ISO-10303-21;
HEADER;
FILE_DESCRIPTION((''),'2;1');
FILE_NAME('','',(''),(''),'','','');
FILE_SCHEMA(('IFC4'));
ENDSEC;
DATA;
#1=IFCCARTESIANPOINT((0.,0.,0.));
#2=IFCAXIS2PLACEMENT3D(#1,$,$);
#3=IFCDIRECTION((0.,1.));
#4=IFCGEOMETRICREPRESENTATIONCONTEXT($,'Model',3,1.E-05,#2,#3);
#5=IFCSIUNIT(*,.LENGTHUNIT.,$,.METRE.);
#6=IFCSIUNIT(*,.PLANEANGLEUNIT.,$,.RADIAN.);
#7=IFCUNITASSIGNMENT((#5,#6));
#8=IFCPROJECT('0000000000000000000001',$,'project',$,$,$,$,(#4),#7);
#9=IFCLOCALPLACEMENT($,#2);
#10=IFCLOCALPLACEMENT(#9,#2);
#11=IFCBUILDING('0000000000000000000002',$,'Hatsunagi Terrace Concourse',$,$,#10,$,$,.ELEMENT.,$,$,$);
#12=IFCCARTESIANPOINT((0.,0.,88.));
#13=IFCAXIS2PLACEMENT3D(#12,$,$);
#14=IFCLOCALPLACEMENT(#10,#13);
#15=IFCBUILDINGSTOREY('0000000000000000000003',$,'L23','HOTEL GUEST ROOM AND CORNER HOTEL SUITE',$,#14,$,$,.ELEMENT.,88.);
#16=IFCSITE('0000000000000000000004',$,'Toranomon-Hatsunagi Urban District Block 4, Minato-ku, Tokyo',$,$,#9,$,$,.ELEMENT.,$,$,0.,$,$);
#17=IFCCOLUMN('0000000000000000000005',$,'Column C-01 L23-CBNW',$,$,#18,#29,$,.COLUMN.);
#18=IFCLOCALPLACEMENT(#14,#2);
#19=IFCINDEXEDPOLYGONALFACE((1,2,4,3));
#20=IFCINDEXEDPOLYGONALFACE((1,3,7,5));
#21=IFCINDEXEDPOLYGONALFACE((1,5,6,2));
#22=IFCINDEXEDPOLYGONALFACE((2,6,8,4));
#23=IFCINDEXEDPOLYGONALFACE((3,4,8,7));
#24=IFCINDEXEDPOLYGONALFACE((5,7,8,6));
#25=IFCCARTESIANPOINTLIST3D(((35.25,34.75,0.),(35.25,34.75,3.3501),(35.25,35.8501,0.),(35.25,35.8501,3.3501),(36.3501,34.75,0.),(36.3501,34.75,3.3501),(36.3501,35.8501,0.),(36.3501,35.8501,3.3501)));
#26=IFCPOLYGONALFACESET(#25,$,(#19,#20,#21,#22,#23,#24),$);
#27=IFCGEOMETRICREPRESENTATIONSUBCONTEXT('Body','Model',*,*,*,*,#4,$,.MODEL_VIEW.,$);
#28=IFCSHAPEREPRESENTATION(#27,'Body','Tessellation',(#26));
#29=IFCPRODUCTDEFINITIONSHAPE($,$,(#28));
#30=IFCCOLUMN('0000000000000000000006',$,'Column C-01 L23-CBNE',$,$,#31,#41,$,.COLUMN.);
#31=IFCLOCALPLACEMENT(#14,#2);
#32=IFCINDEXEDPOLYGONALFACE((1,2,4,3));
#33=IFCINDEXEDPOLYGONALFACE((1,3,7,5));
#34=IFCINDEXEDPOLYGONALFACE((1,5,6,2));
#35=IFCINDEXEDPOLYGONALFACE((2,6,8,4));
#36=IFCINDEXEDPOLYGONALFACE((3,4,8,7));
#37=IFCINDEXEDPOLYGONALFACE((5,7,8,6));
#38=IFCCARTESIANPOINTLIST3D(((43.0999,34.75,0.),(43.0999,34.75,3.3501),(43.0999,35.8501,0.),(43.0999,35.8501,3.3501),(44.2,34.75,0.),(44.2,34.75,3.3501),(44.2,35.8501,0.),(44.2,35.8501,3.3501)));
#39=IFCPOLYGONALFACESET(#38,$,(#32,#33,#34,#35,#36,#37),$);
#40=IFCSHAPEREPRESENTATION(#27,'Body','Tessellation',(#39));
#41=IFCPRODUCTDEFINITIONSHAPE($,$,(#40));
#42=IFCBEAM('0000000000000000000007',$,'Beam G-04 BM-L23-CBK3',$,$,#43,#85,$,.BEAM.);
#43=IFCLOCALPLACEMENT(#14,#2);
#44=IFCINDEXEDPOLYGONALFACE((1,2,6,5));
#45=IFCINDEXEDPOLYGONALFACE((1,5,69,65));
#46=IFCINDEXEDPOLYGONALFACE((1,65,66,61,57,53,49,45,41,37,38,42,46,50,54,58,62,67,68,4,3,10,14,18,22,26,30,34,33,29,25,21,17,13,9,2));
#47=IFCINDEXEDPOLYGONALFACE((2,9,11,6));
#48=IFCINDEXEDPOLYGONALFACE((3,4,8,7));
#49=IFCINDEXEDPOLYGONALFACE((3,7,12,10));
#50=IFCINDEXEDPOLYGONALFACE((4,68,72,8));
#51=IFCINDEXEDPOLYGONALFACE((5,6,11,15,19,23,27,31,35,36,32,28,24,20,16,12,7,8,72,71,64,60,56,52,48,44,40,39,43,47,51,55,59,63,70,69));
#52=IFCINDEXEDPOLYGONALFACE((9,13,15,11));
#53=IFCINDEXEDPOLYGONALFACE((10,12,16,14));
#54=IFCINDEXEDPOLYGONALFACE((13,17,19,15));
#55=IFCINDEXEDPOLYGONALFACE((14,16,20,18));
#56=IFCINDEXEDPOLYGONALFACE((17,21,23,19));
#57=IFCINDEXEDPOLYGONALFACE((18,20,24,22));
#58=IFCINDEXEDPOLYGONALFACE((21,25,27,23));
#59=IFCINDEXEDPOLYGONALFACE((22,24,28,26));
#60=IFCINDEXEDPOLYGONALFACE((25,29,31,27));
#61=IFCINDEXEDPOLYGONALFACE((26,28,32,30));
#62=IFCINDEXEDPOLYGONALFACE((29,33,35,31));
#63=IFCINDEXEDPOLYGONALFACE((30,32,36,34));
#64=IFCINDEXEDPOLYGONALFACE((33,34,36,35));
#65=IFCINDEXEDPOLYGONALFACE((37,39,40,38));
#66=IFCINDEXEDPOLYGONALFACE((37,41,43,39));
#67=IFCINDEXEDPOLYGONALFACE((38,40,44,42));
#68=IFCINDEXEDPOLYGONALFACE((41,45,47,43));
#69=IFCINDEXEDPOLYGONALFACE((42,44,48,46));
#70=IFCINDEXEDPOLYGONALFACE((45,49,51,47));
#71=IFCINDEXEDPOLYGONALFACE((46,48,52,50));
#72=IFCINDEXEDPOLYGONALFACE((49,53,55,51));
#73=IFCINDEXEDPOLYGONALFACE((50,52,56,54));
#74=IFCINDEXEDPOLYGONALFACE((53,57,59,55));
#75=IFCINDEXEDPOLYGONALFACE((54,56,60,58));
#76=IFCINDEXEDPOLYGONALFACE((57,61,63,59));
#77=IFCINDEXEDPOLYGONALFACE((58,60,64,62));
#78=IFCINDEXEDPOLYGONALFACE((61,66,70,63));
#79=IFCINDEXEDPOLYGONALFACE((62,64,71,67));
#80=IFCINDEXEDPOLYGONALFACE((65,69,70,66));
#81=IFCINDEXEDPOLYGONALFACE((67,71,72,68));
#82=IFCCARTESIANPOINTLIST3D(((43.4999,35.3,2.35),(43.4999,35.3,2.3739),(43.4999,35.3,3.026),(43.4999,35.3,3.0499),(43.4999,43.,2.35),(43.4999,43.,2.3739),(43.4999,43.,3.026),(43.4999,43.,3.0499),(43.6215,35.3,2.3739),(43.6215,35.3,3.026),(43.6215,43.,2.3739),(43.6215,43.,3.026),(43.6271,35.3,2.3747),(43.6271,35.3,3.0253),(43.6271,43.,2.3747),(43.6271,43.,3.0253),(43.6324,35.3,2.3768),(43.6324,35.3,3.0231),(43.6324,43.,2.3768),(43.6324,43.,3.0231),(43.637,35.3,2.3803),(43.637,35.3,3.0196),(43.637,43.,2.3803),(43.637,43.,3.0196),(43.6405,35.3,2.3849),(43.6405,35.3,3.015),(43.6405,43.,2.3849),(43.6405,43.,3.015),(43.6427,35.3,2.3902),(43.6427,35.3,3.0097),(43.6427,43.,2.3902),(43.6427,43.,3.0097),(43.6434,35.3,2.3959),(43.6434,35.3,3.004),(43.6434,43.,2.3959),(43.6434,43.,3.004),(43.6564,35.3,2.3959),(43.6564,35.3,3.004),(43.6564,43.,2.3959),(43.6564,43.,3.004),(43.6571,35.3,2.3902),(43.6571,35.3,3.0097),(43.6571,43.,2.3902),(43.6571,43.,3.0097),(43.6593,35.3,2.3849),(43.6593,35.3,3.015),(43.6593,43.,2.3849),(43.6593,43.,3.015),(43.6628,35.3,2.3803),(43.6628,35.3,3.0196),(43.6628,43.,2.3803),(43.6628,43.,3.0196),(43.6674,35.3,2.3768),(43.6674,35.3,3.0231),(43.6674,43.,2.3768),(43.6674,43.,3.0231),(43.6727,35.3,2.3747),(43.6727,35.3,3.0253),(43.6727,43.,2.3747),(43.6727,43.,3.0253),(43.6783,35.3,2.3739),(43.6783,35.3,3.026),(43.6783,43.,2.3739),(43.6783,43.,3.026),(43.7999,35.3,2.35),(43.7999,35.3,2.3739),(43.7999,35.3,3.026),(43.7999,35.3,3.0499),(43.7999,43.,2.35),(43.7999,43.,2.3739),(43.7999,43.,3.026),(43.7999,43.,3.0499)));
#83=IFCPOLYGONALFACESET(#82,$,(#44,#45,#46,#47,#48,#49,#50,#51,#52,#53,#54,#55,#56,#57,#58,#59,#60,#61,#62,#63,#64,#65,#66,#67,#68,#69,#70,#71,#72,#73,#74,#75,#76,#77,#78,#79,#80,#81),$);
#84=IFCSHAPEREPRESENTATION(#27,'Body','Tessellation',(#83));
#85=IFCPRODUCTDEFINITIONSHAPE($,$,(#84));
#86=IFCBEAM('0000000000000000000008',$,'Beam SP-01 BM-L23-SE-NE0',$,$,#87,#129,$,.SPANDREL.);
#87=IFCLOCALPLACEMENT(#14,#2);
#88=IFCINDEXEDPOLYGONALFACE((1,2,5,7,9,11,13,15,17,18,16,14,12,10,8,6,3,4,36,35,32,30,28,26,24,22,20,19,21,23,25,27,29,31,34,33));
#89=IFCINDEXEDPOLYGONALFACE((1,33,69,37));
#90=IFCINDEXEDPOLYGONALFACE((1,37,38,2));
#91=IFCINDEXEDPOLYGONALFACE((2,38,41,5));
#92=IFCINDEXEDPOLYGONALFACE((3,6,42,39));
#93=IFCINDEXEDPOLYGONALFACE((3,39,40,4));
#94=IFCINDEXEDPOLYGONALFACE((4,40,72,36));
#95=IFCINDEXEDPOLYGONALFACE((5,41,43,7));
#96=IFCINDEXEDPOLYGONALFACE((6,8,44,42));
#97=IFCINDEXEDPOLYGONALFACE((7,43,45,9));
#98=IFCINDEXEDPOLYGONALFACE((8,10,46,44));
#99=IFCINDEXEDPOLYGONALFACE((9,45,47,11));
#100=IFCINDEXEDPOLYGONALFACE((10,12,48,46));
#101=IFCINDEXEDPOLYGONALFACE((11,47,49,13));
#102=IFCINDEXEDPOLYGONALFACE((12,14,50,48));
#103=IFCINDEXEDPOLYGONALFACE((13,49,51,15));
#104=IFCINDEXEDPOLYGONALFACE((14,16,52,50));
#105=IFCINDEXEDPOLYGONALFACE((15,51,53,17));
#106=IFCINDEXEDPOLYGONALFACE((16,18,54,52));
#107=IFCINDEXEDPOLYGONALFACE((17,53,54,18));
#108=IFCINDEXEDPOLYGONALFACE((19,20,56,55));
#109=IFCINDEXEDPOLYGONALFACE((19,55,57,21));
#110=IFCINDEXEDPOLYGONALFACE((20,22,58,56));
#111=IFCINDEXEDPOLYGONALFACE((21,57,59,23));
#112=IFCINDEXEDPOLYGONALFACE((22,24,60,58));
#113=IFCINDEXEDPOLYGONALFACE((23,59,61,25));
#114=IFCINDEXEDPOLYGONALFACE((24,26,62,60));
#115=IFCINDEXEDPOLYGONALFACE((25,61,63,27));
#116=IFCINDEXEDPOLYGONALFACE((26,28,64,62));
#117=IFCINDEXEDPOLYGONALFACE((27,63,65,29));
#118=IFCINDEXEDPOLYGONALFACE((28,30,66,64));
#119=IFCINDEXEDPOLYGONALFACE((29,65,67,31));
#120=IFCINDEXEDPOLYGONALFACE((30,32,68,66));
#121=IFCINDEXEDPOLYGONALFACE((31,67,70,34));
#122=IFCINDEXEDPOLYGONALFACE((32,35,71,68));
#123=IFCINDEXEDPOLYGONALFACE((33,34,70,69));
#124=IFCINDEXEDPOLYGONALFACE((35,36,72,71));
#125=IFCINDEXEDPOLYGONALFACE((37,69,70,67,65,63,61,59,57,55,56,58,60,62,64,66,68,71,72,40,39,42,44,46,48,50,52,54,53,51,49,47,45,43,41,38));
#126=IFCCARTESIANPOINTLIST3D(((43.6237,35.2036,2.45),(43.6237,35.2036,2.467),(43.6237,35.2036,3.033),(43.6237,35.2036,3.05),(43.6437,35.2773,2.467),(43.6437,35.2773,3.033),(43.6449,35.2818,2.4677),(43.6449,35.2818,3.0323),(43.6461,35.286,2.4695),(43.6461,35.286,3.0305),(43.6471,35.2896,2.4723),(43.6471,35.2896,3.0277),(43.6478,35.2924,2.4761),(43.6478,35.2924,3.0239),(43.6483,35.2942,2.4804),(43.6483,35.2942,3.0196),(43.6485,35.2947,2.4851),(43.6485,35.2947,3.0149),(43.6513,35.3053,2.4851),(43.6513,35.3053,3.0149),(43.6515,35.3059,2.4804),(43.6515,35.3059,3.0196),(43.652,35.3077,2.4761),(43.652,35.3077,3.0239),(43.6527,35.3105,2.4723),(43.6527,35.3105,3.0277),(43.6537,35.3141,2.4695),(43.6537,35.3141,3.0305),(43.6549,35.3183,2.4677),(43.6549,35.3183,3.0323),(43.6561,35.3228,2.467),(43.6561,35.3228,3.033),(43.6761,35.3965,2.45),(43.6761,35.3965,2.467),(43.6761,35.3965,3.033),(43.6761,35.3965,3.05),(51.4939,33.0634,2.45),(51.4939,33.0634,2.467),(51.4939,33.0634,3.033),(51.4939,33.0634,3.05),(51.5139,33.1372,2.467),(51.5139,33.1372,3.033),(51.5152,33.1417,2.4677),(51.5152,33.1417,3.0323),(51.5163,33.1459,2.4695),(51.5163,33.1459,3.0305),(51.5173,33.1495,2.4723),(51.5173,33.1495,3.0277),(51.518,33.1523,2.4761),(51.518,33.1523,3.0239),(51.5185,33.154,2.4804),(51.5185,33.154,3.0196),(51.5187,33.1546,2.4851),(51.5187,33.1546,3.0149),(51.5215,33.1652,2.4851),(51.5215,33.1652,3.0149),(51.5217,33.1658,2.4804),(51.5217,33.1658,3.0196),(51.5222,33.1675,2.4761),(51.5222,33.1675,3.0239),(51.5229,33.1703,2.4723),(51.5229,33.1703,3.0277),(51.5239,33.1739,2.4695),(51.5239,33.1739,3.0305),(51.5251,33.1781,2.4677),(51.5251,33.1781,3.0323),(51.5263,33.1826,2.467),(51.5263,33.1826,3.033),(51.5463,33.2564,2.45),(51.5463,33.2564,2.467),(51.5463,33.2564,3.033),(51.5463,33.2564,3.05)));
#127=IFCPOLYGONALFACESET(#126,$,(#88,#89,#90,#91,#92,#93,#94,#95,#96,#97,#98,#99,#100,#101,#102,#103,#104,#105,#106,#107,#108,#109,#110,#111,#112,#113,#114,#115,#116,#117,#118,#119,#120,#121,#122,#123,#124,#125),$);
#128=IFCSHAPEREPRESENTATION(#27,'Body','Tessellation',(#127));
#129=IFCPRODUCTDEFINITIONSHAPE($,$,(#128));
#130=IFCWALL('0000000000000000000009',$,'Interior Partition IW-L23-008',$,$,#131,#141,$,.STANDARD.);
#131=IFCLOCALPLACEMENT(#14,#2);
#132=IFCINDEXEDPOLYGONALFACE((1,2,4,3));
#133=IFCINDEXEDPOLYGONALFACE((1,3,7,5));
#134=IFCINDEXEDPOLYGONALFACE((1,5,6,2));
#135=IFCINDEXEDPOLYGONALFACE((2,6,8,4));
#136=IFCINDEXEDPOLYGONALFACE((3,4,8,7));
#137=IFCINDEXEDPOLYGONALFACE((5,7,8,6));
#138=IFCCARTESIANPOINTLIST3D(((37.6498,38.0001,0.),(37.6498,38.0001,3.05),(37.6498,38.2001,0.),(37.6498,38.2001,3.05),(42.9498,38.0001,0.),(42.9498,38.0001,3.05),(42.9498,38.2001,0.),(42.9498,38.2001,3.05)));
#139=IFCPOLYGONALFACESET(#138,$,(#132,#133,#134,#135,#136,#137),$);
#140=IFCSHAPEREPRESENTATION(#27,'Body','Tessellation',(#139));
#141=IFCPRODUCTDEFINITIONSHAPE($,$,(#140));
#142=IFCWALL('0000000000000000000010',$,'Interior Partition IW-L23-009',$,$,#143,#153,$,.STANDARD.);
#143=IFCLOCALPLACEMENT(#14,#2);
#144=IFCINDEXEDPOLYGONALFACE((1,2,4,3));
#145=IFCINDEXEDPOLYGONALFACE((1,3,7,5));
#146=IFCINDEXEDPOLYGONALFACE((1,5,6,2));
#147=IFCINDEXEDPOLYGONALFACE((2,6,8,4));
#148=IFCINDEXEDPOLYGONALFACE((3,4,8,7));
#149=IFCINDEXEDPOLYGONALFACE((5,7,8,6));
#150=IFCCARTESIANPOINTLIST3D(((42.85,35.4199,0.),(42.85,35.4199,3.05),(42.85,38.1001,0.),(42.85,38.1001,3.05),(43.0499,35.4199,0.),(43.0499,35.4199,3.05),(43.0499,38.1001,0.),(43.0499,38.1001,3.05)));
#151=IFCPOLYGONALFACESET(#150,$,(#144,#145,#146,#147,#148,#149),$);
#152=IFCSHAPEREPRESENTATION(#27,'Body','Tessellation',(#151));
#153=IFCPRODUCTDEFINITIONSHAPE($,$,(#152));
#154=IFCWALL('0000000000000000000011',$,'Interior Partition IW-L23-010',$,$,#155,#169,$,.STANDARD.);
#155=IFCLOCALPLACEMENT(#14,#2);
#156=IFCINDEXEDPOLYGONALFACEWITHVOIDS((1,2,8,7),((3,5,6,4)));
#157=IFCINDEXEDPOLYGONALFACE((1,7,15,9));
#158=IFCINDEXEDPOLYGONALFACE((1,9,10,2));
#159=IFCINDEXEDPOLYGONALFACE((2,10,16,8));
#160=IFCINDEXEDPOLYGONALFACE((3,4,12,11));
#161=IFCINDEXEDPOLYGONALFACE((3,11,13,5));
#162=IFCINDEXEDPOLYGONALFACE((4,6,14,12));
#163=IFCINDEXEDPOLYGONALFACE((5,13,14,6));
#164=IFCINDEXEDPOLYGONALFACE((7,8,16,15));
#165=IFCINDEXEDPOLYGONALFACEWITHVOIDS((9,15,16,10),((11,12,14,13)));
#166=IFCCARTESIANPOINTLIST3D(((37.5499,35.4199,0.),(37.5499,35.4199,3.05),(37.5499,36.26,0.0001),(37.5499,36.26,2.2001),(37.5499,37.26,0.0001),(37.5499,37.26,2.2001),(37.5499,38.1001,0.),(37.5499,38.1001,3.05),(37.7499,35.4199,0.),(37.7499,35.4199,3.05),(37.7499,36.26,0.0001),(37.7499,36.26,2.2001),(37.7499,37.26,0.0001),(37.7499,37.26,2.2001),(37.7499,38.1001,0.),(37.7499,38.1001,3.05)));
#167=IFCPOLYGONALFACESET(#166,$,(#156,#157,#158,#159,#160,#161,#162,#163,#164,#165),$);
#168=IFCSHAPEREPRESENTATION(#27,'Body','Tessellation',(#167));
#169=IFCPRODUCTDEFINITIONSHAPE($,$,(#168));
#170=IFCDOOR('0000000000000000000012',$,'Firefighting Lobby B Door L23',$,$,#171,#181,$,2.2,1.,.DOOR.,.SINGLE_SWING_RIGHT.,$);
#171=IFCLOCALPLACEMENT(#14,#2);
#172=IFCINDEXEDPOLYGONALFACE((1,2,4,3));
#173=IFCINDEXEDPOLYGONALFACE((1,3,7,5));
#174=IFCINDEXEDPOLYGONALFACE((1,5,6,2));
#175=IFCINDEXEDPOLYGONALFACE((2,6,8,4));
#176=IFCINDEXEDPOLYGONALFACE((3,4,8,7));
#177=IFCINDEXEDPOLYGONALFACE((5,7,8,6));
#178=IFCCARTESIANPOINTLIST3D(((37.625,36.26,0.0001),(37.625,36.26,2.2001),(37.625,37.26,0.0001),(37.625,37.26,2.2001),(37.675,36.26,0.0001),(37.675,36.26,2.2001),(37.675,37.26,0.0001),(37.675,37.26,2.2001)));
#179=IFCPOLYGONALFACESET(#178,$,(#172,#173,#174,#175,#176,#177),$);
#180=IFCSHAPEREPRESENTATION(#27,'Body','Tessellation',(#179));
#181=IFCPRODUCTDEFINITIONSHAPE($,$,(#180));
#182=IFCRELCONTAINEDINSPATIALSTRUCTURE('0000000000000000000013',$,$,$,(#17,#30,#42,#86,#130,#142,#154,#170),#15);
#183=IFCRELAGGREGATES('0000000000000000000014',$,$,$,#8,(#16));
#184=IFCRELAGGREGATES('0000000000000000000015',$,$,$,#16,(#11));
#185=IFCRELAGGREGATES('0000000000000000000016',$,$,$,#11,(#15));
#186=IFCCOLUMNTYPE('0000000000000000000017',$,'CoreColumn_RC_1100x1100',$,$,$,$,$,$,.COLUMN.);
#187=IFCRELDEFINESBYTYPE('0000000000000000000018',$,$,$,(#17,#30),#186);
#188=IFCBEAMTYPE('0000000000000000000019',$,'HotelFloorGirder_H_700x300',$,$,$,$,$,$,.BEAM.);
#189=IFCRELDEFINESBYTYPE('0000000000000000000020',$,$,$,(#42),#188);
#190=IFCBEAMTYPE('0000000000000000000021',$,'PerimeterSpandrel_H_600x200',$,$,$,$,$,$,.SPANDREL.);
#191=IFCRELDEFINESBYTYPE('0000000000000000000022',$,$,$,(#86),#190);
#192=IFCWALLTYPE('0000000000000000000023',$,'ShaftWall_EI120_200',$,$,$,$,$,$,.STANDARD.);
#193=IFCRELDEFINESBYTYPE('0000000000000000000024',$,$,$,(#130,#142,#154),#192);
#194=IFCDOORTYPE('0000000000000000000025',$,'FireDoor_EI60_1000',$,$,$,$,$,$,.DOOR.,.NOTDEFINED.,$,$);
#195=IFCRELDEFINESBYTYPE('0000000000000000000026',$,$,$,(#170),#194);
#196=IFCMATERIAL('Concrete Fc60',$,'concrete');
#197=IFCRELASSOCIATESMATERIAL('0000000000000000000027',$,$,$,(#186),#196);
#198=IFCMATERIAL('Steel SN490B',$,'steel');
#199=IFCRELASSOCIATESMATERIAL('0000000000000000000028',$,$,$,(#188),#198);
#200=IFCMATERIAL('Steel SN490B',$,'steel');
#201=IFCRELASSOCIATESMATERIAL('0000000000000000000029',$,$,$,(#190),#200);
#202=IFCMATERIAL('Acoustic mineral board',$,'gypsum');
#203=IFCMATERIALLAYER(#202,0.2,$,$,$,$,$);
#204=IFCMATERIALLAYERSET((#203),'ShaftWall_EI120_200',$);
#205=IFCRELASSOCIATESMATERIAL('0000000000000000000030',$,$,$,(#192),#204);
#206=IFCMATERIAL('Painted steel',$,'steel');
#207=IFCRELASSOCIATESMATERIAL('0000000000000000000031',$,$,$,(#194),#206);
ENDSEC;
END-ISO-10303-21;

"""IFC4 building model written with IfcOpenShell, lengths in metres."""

from ifc_helpers import new_model, si_unit, direction, frame, frame_2d, origin, origin_2d, place, context, subcontext, project, spatial, rectangle, i_section, extrude, material, layer, layer_set, material_profile, profile_set, type_object, element, fill, save


model = new_model("IFC4")

# Units and contexts
model_context = context("Model", 3, precision=1e-05, world=origin(), true_north=direction((0.0, 1.0)))
body_context = subcontext(model_context, "Body", "Model", "MODEL_VIEW")
ifc_project = project(units=[si_unit("LENGTHUNIT", "METRE"), si_unit("PLANEANGLEUNIT", "RADIAN")], contexts=[model_context])

# Site, building, storey
site_placement = place(None, origin())
site = spatial("IfcSite", under=ifc_project, at=site_placement, Name="Toranomon-Hatsunagi Urban District Block 4, Minato-ku, Tokyo", CompositionType="ELEMENT", RefElevation=0.0)
building_placement = place(site_placement, origin())
building = spatial("IfcBuilding", under=site, at=building_placement, Name="Hatsunagi Terrace Concourse", CompositionType="ELEMENT")
storey_placement = place(building_placement, frame((0.0, 0.0, 88.0)))
storey = spatial("IfcBuildingStorey", under=building, at=storey_placement, Name="L23", Description="HOTEL GUEST ROOM AND CORNER HOTEL SUITE", CompositionType="ELEMENT", Elevation=88.0)

# Columns
ifc_material_1 = material(Name="Concrete Fc60", Category="concrete")
ifc_material_profile_1 = material_profile(ifc_material_1, rectangle(XDim=1.1001, YDim=1.1001, at=origin_2d()), Name="RC-1100x1100")
ifc_profile_set_1 = profile_set([ifc_material_profile_1], Name="Concrete Fc60")
column_type = type_object("IfcColumnType", Name="CoreColumn_RC_1100x1100", PredefinedType="COLUMN", material=ifc_profile_set_1)
for number, where, z_axis, x_axis, name in (
    (1, (35.8, 35.3, 0.0), (0.0, 0.0, 1.0), (1.0, 0.0, 0.0), "Column C-01 L23-CBNW"),
    (2, (43.6499, 35.3, 0.0), (0.0, 0.0, 1.0), (1.0, 0.0, 0.0), "Column C-01 L23-CBNE"),
):
    element("IfcColumn", number, at=place(storey_placement, frame(where, z_axis=z_axis, x_axis=x_axis)), inside=storey, type_object=column_type, Name=name, PredefinedType="COLUMN", context=body_context, shape_type="SweptSolid", body=[
        extrude(rectangle(XDim=1.1001, YDim=1.1001, at=origin_2d()), origin(), (0.0, 0.0, 1.0), 3.3501),
    ])

# Beams
ifc_material_2 = material(Name="Steel SN490B", Category="steel")
ifc_material_profile_2 = material_profile(ifc_material_2, i_section(OverallWidth=0.3, OverallDepth=0.7, WebThickness=0.0129, FlangeThickness=0.0239, FilletRadius=0.022, at=origin_2d()), Name="H-700x300x13x24")
ifc_profile_set_2 = profile_set([ifc_material_profile_2], Name="Steel SN490B")
beam_type_1 = type_object("IfcBeamType", Name="HotelFloorGirder_H_700x300", PredefinedType="BEAM", material=ifc_profile_set_2)
beam_1_placement = place(storey_placement, frame((43.6499, 35.3, 2.7), z_axis=(0.0, 1.0, 0.0), x_axis=(-1.0, 0.0, 0.0)))
element("IfcBeam", 3, at=beam_1_placement, inside=storey, type_object=beam_type_1, Name="Beam G-04 BM-L23-CBK3", PredefinedType="BEAM", context=body_context, shape_type="SweptSolid", body=[
    extrude(i_section(OverallWidth=0.3, OverallDepth=0.7, WebThickness=0.0129, FlangeThickness=0.0239, FilletRadius=0.022, at=origin_2d()), origin(), (0.0, 0.0, 1.0), 7.7),
])
ifc_material_3 = material(Name="Steel SN490B", Category="steel")
ifc_material_profile_3 = material_profile(ifc_material_3, i_section(OverallWidth=0.2, OverallDepth=0.6001, WebThickness=0.011, FlangeThickness=0.0171, FilletRadius=0.0181, at=origin_2d()), Name="H-600x200x11x17")
ifc_profile_set_3 = profile_set([ifc_material_profile_3], Name="Steel SN490B")
beam_type_2 = type_object("IfcBeamType", Name="PerimeterSpandrel_H_600x200", PredefinedType="SPANDREL", material=ifc_profile_set_3)
beam_2_placement = place(storey_placement, frame((43.6499, 35.3, 2.75), z_axis=(0.964958, -0.262403, 0.0), x_axis=(0.262403, 0.964958, 0.0)))
element("IfcBeam", 4, at=beam_2_placement, inside=storey, type_object=beam_type_2, Name="Beam SP-01 BM-L23-SE-NE0", PredefinedType="SPANDREL", context=body_context, shape_type="SweptSolid", body=[
    extrude(i_section(OverallWidth=0.2, OverallDepth=0.6001, WebThickness=0.011, FlangeThickness=0.0171, FilletRadius=0.0181, at=origin_2d()), origin(), (0.0, 0.0, 1.0), 8.156),
])

# Walls
ifc_material_4 = material(Name="Acoustic mineral board", Category="gypsum")
ifc_layer_1 = layer(ifc_material_4, 0.2)
ifc_layer_set_1 = layer_set([ifc_layer_1], Name="ShaftWall_EI120_200")
wall_type_1 = type_object("IfcWallType", Name="ShaftWall_EI120_200", PredefinedType="STANDARD", material=ifc_layer_set_1)
wall_1_placement = place(storey_placement, frame((37.6499, 38.1001, 0.0), z_axis=(0.0, 0.0, 1.0), x_axis=(1.0, 0.0, 0.0)))
element("IfcWall", 5, at=wall_1_placement, inside=storey, type_object=wall_type_1, Name="Interior Partition IW-L23-008", PredefinedType="STANDARD", context=body_context, shape_type="SweptSolid", body=[
    extrude(rectangle(XDim=5.3, YDim=0.2, at=frame_2d((2.6499, 0.0))), origin(), (0.0, 0.0, 1.0), 3.05),
])
wall_2_placement = place(storey_placement, frame((42.95, 35.4199, 0.0), z_axis=(0.0, 0.0, 1.0), x_axis=(0.0, 1.0, 0.0)))
element("IfcWall", 6, at=wall_2_placement, inside=storey, type_object=wall_type_1, Name="Interior Partition IW-L23-009", PredefinedType="STANDARD", context=body_context, shape_type="SweptSolid", body=[
    extrude(rectangle(XDim=2.6802, YDim=0.2, at=frame_2d((1.3401, 0.0))), origin(), (0.0, 0.0, 1.0), 3.05),
])

# Wall, opening, door
wall_3_placement = place(storey_placement, frame((37.6499, 35.4199, 0.0), z_axis=(0.0, 0.0, 1.0), x_axis=(0.0, 1.0, 0.0)))
wall_3 = element("IfcWall", 7, at=wall_3_placement, inside=storey, type_object=wall_type_1, Name="Interior Partition IW-L23-010", PredefinedType="STANDARD", context=body_context, shape_type="SweptSolid", body=[
    extrude(rectangle(XDim=2.6802, YDim=0.2, at=frame_2d((1.3401, 0.0))), origin(), (0.0, 0.0, 1.0), 3.05),
])
opening_1_placement = place(wall_3_placement, frame((0.8401, 0.0, 0.0)))
opening_1 = element("IfcOpeningElement", 8, at=opening_1_placement, cuts=wall_3, PredefinedType="OPENING", context=body_context, shape_type="SweptSolid", body=[
    extrude(rectangle(XDim=1.0, YDim=2.2, at=frame_2d((0.5, 1.1001))), frame((0.0, 0.1099, 0.0), z_axis=(0.0, -1.0, 0.0), x_axis=(1.0, 0.0, 0.0)), (0.0, 0.0, 1.0), 0.22),
])
ifc_material_5 = material(Name="Painted steel", Category="steel")
door_type_1 = type_object("IfcDoorType", Name="FireDoor_EI60_1000", OperationType="NOTDEFINED", PredefinedType="DOOR", material=ifc_material_5)
door_1_placement = place(opening_1_placement, origin())
door_1 = element("IfcDoor", 9, at=door_1_placement, inside=storey, type_object=door_type_1, Name="Firefighting Lobby B Door L23", OperationType="SINGLE_SWING_RIGHT", OverallHeight=2.2, OverallWidth=1.0, PredefinedType="DOOR", context=body_context, shape_type="SweptSolid", body=[
    extrude(rectangle(XDim=1.0, YDim=2.2, at=frame_2d((0.5, 1.1001))), frame((0.0, 0.0249, 0.0), z_axis=(0.0, -1.0, 0.0), x_axis=(1.0, 0.0, 0.0)), (0.0, 0.0, 1.0), 0.05),
])
fill(opening_1, door_1)

save(model, "model.ifc")
